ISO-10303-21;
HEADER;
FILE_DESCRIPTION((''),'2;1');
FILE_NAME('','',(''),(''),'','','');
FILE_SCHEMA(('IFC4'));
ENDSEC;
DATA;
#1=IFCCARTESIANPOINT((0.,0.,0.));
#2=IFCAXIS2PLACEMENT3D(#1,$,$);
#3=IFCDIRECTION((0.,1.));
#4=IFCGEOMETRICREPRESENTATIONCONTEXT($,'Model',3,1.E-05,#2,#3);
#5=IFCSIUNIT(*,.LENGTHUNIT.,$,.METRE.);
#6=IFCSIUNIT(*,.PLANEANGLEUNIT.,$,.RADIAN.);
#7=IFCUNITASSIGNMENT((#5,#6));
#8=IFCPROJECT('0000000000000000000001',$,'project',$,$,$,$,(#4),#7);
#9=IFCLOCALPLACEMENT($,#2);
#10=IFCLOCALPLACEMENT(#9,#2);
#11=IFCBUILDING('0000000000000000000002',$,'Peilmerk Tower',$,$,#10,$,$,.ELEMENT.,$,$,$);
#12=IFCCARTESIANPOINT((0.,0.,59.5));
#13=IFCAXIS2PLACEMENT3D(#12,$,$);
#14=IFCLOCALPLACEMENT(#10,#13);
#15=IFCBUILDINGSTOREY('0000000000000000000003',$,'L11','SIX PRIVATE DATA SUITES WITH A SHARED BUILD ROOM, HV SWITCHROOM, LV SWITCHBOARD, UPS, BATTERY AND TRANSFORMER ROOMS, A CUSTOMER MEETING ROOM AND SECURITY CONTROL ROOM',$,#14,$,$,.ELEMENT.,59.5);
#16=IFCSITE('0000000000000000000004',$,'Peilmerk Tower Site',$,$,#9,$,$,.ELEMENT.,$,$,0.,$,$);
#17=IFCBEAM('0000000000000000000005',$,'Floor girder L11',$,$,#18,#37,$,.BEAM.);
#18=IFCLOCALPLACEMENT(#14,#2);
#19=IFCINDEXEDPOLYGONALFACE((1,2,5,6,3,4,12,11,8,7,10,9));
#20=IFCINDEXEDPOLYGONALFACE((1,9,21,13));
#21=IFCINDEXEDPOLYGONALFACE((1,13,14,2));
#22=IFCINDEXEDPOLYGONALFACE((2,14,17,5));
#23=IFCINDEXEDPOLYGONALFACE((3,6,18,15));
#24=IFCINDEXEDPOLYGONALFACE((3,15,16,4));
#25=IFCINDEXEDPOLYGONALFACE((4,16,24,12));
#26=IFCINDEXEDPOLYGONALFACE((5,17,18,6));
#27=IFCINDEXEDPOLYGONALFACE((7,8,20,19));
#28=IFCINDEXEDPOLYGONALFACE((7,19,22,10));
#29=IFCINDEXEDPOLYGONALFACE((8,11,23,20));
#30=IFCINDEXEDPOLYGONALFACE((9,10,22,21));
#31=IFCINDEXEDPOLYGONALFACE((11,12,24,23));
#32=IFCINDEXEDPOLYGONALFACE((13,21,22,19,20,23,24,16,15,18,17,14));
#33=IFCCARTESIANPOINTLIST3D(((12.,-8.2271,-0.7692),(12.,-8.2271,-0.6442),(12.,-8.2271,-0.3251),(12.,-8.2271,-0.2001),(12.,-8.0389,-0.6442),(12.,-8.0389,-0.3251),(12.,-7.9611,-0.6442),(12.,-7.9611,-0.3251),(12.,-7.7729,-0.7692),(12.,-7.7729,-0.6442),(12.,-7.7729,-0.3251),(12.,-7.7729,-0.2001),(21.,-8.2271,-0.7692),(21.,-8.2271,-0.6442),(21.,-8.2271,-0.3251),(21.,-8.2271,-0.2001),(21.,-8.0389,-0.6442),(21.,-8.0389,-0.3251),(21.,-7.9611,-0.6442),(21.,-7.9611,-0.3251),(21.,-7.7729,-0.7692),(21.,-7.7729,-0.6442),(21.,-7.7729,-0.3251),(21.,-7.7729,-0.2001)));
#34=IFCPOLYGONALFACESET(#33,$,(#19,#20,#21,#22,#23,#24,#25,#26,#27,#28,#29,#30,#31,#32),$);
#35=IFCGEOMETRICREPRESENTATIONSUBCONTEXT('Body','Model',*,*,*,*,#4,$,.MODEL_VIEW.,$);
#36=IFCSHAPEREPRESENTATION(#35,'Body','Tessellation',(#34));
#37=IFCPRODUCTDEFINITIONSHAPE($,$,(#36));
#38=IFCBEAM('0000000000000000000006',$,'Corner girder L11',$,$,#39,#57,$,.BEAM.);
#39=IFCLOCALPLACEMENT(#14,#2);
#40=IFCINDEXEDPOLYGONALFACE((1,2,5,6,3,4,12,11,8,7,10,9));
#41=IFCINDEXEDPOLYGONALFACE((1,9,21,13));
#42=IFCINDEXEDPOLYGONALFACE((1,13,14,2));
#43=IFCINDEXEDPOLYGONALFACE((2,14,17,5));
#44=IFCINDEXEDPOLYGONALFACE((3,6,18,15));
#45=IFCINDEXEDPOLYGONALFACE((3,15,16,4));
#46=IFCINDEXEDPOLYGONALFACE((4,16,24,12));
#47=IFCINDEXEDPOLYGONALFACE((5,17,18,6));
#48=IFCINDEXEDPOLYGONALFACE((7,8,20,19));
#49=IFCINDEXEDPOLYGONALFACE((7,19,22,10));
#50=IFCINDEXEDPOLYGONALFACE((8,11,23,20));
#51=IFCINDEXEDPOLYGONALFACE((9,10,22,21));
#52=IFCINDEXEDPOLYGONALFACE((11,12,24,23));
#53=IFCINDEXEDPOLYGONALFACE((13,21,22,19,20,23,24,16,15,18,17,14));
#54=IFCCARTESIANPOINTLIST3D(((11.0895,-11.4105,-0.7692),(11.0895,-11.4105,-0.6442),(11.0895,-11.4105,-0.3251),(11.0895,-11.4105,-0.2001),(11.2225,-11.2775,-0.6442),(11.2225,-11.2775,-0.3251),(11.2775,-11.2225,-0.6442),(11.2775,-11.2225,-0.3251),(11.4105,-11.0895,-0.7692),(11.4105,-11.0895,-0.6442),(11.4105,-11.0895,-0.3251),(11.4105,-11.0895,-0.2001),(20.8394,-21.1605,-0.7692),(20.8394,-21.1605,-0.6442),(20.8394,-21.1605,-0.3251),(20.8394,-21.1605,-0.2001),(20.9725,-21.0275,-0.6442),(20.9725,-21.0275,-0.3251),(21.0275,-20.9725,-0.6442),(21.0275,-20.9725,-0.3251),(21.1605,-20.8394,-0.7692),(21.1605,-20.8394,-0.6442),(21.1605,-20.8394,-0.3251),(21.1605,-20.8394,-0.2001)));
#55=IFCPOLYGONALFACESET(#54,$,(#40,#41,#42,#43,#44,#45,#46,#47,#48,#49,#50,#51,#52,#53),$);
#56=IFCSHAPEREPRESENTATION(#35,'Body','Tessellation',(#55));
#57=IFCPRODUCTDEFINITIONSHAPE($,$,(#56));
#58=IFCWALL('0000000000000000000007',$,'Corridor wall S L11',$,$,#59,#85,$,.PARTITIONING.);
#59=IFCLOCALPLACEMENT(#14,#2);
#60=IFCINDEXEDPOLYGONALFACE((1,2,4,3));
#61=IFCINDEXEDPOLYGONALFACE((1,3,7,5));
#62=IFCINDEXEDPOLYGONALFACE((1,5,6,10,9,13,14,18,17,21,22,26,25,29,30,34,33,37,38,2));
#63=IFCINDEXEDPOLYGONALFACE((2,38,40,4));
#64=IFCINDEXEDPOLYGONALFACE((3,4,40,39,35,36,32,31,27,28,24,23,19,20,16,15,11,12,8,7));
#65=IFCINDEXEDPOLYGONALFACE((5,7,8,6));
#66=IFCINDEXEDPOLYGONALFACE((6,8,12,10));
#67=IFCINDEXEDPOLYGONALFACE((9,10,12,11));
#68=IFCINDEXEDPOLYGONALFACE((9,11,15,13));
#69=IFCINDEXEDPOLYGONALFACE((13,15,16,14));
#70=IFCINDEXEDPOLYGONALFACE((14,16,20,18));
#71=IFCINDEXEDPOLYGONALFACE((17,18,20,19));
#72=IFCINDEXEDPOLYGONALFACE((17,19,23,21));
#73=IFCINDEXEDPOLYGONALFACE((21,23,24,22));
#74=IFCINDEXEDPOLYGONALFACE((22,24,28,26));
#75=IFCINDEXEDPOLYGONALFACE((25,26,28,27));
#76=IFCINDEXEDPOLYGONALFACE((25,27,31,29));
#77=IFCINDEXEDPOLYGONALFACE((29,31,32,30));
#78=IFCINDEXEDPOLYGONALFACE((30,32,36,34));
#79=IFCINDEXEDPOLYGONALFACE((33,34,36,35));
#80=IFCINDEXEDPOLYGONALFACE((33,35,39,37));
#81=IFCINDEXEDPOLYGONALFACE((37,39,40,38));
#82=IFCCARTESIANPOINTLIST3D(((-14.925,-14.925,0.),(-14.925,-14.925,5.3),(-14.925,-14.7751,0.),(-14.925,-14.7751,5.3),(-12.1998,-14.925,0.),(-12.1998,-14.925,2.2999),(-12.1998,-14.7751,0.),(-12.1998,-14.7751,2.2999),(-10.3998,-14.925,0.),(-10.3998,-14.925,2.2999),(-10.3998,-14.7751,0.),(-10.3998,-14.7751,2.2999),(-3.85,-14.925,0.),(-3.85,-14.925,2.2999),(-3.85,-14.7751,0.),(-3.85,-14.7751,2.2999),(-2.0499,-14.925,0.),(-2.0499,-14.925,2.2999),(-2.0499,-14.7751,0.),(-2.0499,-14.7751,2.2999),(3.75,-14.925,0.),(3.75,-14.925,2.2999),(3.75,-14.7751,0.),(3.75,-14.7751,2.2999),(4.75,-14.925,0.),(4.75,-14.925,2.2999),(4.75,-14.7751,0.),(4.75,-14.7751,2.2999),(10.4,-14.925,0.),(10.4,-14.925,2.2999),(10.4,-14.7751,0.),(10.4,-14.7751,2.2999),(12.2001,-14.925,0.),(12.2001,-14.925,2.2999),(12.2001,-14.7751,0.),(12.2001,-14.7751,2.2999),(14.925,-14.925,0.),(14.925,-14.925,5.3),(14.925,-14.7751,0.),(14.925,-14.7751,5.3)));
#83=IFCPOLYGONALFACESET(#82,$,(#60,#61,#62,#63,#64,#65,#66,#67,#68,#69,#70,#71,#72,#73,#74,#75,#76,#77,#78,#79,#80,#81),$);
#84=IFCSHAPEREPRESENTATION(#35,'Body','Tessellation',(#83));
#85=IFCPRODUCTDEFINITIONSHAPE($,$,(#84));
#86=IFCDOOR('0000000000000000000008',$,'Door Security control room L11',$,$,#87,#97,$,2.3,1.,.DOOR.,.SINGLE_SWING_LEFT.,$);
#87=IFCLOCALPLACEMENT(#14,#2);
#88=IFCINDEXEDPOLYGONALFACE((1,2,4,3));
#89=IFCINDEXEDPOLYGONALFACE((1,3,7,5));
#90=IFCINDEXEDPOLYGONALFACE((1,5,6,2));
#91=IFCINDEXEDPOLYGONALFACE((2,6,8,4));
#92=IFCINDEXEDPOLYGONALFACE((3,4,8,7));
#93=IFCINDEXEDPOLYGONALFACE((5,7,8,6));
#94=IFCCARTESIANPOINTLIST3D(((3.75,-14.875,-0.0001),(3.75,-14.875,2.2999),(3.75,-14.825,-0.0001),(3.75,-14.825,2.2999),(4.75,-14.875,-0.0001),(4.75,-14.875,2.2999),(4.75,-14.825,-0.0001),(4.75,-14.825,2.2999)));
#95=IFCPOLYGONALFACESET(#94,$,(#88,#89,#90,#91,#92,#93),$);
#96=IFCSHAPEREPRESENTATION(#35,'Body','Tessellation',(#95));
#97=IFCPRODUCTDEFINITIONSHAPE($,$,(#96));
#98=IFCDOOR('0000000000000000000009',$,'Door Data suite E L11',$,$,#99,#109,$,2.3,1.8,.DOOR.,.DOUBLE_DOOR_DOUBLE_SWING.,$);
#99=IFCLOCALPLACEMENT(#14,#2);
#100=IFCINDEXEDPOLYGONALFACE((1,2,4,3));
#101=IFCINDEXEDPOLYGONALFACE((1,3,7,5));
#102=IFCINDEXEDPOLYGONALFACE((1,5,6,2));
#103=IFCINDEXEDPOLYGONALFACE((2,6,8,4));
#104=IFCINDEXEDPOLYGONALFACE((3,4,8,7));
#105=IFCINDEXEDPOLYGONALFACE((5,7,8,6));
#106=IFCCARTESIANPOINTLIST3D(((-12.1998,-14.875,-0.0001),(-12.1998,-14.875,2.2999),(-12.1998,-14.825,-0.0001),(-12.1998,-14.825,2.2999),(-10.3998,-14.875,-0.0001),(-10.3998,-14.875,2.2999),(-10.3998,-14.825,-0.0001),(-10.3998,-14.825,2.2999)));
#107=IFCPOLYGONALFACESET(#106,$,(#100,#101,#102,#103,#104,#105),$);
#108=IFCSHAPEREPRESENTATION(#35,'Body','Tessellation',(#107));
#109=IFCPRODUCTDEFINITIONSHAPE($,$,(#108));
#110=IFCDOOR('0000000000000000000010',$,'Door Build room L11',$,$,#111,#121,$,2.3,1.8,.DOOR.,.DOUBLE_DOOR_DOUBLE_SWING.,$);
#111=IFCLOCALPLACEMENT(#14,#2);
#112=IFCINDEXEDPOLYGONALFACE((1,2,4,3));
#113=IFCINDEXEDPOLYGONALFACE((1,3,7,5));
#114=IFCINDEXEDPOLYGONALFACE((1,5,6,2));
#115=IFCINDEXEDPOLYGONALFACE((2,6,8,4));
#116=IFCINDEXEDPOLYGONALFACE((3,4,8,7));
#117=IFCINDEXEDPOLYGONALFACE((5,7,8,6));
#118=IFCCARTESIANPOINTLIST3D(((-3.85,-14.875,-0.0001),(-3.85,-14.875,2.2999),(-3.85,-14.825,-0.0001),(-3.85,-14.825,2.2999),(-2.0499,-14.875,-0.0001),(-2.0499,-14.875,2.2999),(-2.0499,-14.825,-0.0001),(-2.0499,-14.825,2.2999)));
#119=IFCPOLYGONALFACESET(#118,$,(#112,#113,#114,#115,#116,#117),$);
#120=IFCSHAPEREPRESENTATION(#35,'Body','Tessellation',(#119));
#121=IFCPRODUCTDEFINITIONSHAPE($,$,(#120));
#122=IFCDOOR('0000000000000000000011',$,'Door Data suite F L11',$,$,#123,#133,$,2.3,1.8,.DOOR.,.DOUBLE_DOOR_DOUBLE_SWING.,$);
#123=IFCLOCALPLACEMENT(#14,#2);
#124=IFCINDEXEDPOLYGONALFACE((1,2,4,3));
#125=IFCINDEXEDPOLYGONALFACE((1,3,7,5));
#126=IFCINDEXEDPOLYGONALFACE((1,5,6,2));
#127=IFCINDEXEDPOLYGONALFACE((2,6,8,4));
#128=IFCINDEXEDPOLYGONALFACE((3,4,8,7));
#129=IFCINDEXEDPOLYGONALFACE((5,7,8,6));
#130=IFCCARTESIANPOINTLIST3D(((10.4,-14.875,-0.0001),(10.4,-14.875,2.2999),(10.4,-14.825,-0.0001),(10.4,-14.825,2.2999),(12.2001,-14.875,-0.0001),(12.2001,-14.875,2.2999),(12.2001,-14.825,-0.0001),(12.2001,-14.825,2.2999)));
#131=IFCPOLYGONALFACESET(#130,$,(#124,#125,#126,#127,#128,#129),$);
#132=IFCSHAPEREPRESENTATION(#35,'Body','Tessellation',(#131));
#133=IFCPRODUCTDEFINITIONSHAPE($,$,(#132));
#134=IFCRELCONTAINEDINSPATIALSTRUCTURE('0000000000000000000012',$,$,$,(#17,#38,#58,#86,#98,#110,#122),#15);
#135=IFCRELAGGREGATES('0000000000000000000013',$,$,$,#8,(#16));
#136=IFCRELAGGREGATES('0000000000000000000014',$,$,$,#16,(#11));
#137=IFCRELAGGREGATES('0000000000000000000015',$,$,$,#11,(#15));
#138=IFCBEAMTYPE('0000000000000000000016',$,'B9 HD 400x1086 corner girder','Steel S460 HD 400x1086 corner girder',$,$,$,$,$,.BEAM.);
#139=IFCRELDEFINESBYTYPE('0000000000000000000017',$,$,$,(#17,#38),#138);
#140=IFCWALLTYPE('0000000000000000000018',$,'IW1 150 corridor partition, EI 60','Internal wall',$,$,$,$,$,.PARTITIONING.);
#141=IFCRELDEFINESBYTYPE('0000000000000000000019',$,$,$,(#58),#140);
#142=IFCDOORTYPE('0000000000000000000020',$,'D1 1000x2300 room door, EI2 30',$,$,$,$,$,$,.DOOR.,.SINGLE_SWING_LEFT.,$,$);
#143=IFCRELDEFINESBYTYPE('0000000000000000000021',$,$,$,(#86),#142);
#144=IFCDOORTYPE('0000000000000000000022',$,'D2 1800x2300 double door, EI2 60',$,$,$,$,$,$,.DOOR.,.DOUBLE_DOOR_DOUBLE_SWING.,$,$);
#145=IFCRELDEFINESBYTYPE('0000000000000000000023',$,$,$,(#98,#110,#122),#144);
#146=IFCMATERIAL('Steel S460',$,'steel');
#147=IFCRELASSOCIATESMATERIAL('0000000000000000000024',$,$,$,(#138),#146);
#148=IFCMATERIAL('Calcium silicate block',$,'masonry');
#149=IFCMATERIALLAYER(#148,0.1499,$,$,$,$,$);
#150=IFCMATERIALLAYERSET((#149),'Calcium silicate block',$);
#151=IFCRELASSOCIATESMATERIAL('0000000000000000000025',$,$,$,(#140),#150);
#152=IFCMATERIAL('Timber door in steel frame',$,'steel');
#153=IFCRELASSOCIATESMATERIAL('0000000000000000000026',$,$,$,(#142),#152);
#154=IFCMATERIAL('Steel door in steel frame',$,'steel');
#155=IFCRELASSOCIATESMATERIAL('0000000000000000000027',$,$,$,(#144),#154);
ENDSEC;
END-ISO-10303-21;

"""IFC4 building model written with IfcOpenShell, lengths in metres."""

from ifc_helpers import new_model, si_unit, direction, frame, frame_2d, origin, origin_2d, place, context, subcontext, project, spatial, rectangle, i_section, extrude, material, layer, layer_set, material_profile, profile_set, type_object, element, fill, save


model = new_model("IFC4")

# Units and contexts
model_context = context("Model", 3, precision=1e-05, world=origin(), true_north=direction((0.0, 1.0)))
body_context = subcontext(model_context, "Body", "Model", "MODEL_VIEW")
ifc_project = project(units=[si_unit("LENGTHUNIT", "METRE"), si_unit("PLANEANGLEUNIT", "RADIAN")], contexts=[model_context])

# Site, building, storey
site_placement = place(None, origin())
site = spatial("IfcSite", under=ifc_project, at=site_placement, Name="Peilmerk Tower Site", CompositionType="ELEMENT", RefElevation=0.0)
building_placement = place(site_placement, origin())
building = spatial("IfcBuilding", under=site, at=building_placement, Name="Peilmerk Tower", CompositionType="ELEMENT")
storey_placement = place(building_placement, frame((0.0, 0.0, 59.5)))
storey = spatial("IfcBuildingStorey", under=building, at=storey_placement, Name="L11", Description="SIX PRIVATE DATA SUITES WITH A SHARED BUILD ROOM, HV SWITCHROOM, LV SWITCHBOARD, UPS, BATTERY AND TRANSFORMER ROOMS, A CUSTOMER MEETING ROOM AND SECURITY CONTROL ROOM", CompositionType="ELEMENT", Elevation=59.5)

# Beams
ifc_material_1 = material(Name="Steel S460", Category="steel")
ifc_material_profile_1 = material_profile(ifc_material_1, i_section(OverallWidth=0.4541, OverallDepth=0.5691, WebThickness=0.0779, FlangeThickness=0.125, at=origin_2d()), Name="HD 400x1086")
ifc_profile_set_1 = profile_set([ifc_material_profile_1], Name="Steel S460")
beam_type_1 = type_object("IfcBeamType", Name="B9 HD 400x1086 corner girder", Description="Steel S460 HD 400x1086 corner girder", PredefinedType="BEAM", material=ifc_profile_set_1)
beam_1_placement = place(storey_placement, frame((12.0, -8.0, -0.4846), z_axis=(1.0, 0.0, 0.0), x_axis=(0.0, 1.0, 0.0)))
element("IfcBeam", 1, at=beam_1_placement, inside=storey, type_object=beam_type_1, Name="Floor girder L11", PredefinedType="BEAM", context=body_context, shape_type="SweptSolid", body=[
    extrude(i_section(OverallWidth=0.4541, OverallDepth=0.5691, WebThickness=0.0779, FlangeThickness=0.125, at=origin_2d()), origin(), (0.0, 0.0, 1.0), 9.0),
])
beam_2_placement = place(storey_placement, frame((11.25, -11.25, -0.4846), z_axis=(0.707107, -0.707107, 0.0), x_axis=(0.707107, 0.707107, 0.0)))
element("IfcBeam", 2, at=beam_2_placement, inside=storey, type_object=beam_type_1, Name="Corner girder L11", PredefinedType="BEAM", context=body_context, shape_type="SweptSolid", body=[
    extrude(i_section(OverallWidth=0.4541, OverallDepth=0.5691, WebThickness=0.0779, FlangeThickness=0.125, at=origin_2d()), origin(), (0.0, 0.0, 1.0), 13.7886),
])

# Wall, openings, doors
ifc_material_2 = material(Name="Calcium silicate block", Category="masonry")
ifc_layer_1 = layer(ifc_material_2, 0.1499)
ifc_layer_set_1 = layer_set([ifc_layer_1], Name="Calcium silicate block")
wall_type_1 = type_object("IfcWallType", Name="IW1 150 corridor partition, EI 60", Description="Internal wall", PredefinedType="PARTITIONING", material=ifc_layer_set_1)
wall_1_placement = place(storey_placement, frame((14.925, -14.8501, 0.0), z_axis=(0.0, 0.0, 1.0), x_axis=(-1.0, 0.0, 0.0)))
wall_1 = element("IfcWall", 3, at=wall_1_placement, inside=storey, type_object=wall_type_1, Name="Corridor wall S L11", PredefinedType="PARTITIONING", context=body_context, shape_type="SweptSolid", body=[
    extrude(rectangle(XDim=29.8501, YDim=0.1499, at=frame_2d((14.925, 0.0))), origin(), (0.0, 0.0, 1.0), 5.3),
])
opening_1_placement = place(wall_1_placement, frame((25.325, 0.0, 0.0)))
opening_1 = element("IfcOpeningElement", 4, at=opening_1_placement, cuts=wall_1, PredefinedType="OPENING", context=body_context, shape_type="SweptSolid", body=[
    extrude(rectangle(XDim=1.8, YDim=2.3, at=frame_2d((0.8999, 1.1499))), frame((0.0, 0.085, 0.0), z_axis=(0.0, -1.0, 0.0), x_axis=(1.0, 0.0, 0.0)), (0.0, 0.0, 1.0), 0.1699),
])
opening_2_placement = place(wall_1_placement, frame((16.9751, 0.0, 0.0)))
opening_2 = element("IfcOpeningElement", 5, at=opening_2_placement, cuts=wall_1, PredefinedType="OPENING", context=body_context, shape_type="SweptSolid", body=[
    extrude(rectangle(XDim=1.8, YDim=2.3, at=frame_2d((0.8999, 1.1499))), frame((0.0, 0.085, 0.0), z_axis=(0.0, -1.0, 0.0), x_axis=(1.0, 0.0, 0.0)), (0.0, 0.0, 1.0), 0.1699),
])
opening_3_placement = place(wall_1_placement, frame((2.7251, 0.0, 0.0)))
opening_3 = element("IfcOpeningElement", 6, at=opening_3_placement, cuts=wall_1, PredefinedType="OPENING", context=body_context, shape_type="SweptSolid", body=[
    extrude(rectangle(XDim=1.8, YDim=2.3, at=frame_2d((0.8999, 1.1499))), frame((0.0, 0.085, 0.0), z_axis=(0.0, -1.0, 0.0), x_axis=(1.0, 0.0, 0.0)), (0.0, 0.0, 1.0), 0.1699),
])
opening_4_placement = place(wall_1_placement, frame((10.175, 0.0, 0.0)))
opening_4 = element("IfcOpeningElement", 7, at=opening_4_placement, cuts=wall_1, PredefinedType="OPENING", context=body_context, shape_type="SweptSolid", body=[
    extrude(rectangle(XDim=1.0, YDim=2.3, at=frame_2d((0.5, 1.1499))), frame((0.0, 0.085, 0.0), z_axis=(0.0, -1.0, 0.0), x_axis=(1.0, 0.0, 0.0)), (0.0, 0.0, 1.0), 0.1699),
])
ifc_material_3 = material(Name="Timber door in steel frame", Category="steel")
door_type_1 = type_object("IfcDoorType", Name="D1 1000x2300 room door, EI2 30", OperationType="SINGLE_SWING_LEFT", PredefinedType="DOOR", material=ifc_material_3)
door_1_placement = place(opening_4_placement, origin())
door_1 = element("IfcDoor", 8, at=door_1_placement, inside=storey, type_object=door_type_1, Name="Door Security control room L11", OperationType="SINGLE_SWING_LEFT", OverallHeight=2.3, OverallWidth=1.0, PredefinedType="DOOR", context=body_context, shape_type="SweptSolid", body=[
    extrude(rectangle(XDim=1.0, YDim=2.3, at=frame_2d((0.5, 1.1499))), frame((0.0, 0.0249, 0.0), z_axis=(0.0, -1.0, 0.0), x_axis=(1.0, 0.0, 0.0)), (0.0, 0.0, 1.0), 0.05),
])
fill(opening_4, door_1)
ifc_material_4 = material(Name="Steel door in steel frame", Category="steel")
door_type_2 = type_object("IfcDoorType", Name="D2 1800x2300 double door, EI2 60", OperationType="DOUBLE_DOOR_DOUBLE_SWING", PredefinedType="DOOR", material=ifc_material_4)
door_2_placement = place(opening_1_placement, origin())
door_2 = element("IfcDoor", 9, at=door_2_placement, inside=storey, type_object=door_type_2, Name="Door Data suite E L11", OperationType="DOUBLE_DOOR_DOUBLE_SWING", OverallHeight=2.3, OverallWidth=1.8, PredefinedType="DOOR", context=body_context, shape_type="SweptSolid", body=[
    extrude(rectangle(XDim=1.8, YDim=2.3, at=frame_2d((0.8999, 1.1499))), frame((0.0, 0.0249, 0.0), z_axis=(0.0, -1.0, 0.0), x_axis=(1.0, 0.0, 0.0)), (0.0, 0.0, 1.0), 0.05),
])
fill(opening_1, door_2)
door_3_placement = place(opening_2_placement, origin())
door_3 = element("IfcDoor", 10, at=door_3_placement, inside=storey, type_object=door_type_2, Name="Door Build room L11", OperationType="DOUBLE_DOOR_DOUBLE_SWING", OverallHeight=2.3, OverallWidth=1.8, PredefinedType="DOOR", context=body_context, shape_type="SweptSolid", body=[
    extrude(rectangle(XDim=1.8, YDim=2.3, at=frame_2d((0.8999, 1.1499))), frame((0.0, 0.0249, 0.0), z_axis=(0.0, -1.0, 0.0), x_axis=(1.0, 0.0, 0.0)), (0.0, 0.0, 1.0), 0.05),
])
fill(opening_2, door_3)
door_4_placement = place(opening_3_placement, origin())
door_4 = element("IfcDoor", 11, at=door_4_placement, inside=storey, type_object=door_type_2, Name="Door Data suite F L11", OperationType="DOUBLE_DOOR_DOUBLE_SWING", OverallHeight=2.3, OverallWidth=1.8, PredefinedType="DOOR", context=body_context, shape_type="SweptSolid", body=[
    extrude(rectangle(XDim=1.8, YDim=2.3, at=frame_2d((0.8999, 1.1499))), frame((0.0, 0.0249, 0.0), z_axis=(0.0, -1.0, 0.0), x_axis=(1.0, 0.0, 0.0)), (0.0, 0.0, 1.0), 0.05),
])
fill(opening_3, door_4)

save(model, "model.ifc")
